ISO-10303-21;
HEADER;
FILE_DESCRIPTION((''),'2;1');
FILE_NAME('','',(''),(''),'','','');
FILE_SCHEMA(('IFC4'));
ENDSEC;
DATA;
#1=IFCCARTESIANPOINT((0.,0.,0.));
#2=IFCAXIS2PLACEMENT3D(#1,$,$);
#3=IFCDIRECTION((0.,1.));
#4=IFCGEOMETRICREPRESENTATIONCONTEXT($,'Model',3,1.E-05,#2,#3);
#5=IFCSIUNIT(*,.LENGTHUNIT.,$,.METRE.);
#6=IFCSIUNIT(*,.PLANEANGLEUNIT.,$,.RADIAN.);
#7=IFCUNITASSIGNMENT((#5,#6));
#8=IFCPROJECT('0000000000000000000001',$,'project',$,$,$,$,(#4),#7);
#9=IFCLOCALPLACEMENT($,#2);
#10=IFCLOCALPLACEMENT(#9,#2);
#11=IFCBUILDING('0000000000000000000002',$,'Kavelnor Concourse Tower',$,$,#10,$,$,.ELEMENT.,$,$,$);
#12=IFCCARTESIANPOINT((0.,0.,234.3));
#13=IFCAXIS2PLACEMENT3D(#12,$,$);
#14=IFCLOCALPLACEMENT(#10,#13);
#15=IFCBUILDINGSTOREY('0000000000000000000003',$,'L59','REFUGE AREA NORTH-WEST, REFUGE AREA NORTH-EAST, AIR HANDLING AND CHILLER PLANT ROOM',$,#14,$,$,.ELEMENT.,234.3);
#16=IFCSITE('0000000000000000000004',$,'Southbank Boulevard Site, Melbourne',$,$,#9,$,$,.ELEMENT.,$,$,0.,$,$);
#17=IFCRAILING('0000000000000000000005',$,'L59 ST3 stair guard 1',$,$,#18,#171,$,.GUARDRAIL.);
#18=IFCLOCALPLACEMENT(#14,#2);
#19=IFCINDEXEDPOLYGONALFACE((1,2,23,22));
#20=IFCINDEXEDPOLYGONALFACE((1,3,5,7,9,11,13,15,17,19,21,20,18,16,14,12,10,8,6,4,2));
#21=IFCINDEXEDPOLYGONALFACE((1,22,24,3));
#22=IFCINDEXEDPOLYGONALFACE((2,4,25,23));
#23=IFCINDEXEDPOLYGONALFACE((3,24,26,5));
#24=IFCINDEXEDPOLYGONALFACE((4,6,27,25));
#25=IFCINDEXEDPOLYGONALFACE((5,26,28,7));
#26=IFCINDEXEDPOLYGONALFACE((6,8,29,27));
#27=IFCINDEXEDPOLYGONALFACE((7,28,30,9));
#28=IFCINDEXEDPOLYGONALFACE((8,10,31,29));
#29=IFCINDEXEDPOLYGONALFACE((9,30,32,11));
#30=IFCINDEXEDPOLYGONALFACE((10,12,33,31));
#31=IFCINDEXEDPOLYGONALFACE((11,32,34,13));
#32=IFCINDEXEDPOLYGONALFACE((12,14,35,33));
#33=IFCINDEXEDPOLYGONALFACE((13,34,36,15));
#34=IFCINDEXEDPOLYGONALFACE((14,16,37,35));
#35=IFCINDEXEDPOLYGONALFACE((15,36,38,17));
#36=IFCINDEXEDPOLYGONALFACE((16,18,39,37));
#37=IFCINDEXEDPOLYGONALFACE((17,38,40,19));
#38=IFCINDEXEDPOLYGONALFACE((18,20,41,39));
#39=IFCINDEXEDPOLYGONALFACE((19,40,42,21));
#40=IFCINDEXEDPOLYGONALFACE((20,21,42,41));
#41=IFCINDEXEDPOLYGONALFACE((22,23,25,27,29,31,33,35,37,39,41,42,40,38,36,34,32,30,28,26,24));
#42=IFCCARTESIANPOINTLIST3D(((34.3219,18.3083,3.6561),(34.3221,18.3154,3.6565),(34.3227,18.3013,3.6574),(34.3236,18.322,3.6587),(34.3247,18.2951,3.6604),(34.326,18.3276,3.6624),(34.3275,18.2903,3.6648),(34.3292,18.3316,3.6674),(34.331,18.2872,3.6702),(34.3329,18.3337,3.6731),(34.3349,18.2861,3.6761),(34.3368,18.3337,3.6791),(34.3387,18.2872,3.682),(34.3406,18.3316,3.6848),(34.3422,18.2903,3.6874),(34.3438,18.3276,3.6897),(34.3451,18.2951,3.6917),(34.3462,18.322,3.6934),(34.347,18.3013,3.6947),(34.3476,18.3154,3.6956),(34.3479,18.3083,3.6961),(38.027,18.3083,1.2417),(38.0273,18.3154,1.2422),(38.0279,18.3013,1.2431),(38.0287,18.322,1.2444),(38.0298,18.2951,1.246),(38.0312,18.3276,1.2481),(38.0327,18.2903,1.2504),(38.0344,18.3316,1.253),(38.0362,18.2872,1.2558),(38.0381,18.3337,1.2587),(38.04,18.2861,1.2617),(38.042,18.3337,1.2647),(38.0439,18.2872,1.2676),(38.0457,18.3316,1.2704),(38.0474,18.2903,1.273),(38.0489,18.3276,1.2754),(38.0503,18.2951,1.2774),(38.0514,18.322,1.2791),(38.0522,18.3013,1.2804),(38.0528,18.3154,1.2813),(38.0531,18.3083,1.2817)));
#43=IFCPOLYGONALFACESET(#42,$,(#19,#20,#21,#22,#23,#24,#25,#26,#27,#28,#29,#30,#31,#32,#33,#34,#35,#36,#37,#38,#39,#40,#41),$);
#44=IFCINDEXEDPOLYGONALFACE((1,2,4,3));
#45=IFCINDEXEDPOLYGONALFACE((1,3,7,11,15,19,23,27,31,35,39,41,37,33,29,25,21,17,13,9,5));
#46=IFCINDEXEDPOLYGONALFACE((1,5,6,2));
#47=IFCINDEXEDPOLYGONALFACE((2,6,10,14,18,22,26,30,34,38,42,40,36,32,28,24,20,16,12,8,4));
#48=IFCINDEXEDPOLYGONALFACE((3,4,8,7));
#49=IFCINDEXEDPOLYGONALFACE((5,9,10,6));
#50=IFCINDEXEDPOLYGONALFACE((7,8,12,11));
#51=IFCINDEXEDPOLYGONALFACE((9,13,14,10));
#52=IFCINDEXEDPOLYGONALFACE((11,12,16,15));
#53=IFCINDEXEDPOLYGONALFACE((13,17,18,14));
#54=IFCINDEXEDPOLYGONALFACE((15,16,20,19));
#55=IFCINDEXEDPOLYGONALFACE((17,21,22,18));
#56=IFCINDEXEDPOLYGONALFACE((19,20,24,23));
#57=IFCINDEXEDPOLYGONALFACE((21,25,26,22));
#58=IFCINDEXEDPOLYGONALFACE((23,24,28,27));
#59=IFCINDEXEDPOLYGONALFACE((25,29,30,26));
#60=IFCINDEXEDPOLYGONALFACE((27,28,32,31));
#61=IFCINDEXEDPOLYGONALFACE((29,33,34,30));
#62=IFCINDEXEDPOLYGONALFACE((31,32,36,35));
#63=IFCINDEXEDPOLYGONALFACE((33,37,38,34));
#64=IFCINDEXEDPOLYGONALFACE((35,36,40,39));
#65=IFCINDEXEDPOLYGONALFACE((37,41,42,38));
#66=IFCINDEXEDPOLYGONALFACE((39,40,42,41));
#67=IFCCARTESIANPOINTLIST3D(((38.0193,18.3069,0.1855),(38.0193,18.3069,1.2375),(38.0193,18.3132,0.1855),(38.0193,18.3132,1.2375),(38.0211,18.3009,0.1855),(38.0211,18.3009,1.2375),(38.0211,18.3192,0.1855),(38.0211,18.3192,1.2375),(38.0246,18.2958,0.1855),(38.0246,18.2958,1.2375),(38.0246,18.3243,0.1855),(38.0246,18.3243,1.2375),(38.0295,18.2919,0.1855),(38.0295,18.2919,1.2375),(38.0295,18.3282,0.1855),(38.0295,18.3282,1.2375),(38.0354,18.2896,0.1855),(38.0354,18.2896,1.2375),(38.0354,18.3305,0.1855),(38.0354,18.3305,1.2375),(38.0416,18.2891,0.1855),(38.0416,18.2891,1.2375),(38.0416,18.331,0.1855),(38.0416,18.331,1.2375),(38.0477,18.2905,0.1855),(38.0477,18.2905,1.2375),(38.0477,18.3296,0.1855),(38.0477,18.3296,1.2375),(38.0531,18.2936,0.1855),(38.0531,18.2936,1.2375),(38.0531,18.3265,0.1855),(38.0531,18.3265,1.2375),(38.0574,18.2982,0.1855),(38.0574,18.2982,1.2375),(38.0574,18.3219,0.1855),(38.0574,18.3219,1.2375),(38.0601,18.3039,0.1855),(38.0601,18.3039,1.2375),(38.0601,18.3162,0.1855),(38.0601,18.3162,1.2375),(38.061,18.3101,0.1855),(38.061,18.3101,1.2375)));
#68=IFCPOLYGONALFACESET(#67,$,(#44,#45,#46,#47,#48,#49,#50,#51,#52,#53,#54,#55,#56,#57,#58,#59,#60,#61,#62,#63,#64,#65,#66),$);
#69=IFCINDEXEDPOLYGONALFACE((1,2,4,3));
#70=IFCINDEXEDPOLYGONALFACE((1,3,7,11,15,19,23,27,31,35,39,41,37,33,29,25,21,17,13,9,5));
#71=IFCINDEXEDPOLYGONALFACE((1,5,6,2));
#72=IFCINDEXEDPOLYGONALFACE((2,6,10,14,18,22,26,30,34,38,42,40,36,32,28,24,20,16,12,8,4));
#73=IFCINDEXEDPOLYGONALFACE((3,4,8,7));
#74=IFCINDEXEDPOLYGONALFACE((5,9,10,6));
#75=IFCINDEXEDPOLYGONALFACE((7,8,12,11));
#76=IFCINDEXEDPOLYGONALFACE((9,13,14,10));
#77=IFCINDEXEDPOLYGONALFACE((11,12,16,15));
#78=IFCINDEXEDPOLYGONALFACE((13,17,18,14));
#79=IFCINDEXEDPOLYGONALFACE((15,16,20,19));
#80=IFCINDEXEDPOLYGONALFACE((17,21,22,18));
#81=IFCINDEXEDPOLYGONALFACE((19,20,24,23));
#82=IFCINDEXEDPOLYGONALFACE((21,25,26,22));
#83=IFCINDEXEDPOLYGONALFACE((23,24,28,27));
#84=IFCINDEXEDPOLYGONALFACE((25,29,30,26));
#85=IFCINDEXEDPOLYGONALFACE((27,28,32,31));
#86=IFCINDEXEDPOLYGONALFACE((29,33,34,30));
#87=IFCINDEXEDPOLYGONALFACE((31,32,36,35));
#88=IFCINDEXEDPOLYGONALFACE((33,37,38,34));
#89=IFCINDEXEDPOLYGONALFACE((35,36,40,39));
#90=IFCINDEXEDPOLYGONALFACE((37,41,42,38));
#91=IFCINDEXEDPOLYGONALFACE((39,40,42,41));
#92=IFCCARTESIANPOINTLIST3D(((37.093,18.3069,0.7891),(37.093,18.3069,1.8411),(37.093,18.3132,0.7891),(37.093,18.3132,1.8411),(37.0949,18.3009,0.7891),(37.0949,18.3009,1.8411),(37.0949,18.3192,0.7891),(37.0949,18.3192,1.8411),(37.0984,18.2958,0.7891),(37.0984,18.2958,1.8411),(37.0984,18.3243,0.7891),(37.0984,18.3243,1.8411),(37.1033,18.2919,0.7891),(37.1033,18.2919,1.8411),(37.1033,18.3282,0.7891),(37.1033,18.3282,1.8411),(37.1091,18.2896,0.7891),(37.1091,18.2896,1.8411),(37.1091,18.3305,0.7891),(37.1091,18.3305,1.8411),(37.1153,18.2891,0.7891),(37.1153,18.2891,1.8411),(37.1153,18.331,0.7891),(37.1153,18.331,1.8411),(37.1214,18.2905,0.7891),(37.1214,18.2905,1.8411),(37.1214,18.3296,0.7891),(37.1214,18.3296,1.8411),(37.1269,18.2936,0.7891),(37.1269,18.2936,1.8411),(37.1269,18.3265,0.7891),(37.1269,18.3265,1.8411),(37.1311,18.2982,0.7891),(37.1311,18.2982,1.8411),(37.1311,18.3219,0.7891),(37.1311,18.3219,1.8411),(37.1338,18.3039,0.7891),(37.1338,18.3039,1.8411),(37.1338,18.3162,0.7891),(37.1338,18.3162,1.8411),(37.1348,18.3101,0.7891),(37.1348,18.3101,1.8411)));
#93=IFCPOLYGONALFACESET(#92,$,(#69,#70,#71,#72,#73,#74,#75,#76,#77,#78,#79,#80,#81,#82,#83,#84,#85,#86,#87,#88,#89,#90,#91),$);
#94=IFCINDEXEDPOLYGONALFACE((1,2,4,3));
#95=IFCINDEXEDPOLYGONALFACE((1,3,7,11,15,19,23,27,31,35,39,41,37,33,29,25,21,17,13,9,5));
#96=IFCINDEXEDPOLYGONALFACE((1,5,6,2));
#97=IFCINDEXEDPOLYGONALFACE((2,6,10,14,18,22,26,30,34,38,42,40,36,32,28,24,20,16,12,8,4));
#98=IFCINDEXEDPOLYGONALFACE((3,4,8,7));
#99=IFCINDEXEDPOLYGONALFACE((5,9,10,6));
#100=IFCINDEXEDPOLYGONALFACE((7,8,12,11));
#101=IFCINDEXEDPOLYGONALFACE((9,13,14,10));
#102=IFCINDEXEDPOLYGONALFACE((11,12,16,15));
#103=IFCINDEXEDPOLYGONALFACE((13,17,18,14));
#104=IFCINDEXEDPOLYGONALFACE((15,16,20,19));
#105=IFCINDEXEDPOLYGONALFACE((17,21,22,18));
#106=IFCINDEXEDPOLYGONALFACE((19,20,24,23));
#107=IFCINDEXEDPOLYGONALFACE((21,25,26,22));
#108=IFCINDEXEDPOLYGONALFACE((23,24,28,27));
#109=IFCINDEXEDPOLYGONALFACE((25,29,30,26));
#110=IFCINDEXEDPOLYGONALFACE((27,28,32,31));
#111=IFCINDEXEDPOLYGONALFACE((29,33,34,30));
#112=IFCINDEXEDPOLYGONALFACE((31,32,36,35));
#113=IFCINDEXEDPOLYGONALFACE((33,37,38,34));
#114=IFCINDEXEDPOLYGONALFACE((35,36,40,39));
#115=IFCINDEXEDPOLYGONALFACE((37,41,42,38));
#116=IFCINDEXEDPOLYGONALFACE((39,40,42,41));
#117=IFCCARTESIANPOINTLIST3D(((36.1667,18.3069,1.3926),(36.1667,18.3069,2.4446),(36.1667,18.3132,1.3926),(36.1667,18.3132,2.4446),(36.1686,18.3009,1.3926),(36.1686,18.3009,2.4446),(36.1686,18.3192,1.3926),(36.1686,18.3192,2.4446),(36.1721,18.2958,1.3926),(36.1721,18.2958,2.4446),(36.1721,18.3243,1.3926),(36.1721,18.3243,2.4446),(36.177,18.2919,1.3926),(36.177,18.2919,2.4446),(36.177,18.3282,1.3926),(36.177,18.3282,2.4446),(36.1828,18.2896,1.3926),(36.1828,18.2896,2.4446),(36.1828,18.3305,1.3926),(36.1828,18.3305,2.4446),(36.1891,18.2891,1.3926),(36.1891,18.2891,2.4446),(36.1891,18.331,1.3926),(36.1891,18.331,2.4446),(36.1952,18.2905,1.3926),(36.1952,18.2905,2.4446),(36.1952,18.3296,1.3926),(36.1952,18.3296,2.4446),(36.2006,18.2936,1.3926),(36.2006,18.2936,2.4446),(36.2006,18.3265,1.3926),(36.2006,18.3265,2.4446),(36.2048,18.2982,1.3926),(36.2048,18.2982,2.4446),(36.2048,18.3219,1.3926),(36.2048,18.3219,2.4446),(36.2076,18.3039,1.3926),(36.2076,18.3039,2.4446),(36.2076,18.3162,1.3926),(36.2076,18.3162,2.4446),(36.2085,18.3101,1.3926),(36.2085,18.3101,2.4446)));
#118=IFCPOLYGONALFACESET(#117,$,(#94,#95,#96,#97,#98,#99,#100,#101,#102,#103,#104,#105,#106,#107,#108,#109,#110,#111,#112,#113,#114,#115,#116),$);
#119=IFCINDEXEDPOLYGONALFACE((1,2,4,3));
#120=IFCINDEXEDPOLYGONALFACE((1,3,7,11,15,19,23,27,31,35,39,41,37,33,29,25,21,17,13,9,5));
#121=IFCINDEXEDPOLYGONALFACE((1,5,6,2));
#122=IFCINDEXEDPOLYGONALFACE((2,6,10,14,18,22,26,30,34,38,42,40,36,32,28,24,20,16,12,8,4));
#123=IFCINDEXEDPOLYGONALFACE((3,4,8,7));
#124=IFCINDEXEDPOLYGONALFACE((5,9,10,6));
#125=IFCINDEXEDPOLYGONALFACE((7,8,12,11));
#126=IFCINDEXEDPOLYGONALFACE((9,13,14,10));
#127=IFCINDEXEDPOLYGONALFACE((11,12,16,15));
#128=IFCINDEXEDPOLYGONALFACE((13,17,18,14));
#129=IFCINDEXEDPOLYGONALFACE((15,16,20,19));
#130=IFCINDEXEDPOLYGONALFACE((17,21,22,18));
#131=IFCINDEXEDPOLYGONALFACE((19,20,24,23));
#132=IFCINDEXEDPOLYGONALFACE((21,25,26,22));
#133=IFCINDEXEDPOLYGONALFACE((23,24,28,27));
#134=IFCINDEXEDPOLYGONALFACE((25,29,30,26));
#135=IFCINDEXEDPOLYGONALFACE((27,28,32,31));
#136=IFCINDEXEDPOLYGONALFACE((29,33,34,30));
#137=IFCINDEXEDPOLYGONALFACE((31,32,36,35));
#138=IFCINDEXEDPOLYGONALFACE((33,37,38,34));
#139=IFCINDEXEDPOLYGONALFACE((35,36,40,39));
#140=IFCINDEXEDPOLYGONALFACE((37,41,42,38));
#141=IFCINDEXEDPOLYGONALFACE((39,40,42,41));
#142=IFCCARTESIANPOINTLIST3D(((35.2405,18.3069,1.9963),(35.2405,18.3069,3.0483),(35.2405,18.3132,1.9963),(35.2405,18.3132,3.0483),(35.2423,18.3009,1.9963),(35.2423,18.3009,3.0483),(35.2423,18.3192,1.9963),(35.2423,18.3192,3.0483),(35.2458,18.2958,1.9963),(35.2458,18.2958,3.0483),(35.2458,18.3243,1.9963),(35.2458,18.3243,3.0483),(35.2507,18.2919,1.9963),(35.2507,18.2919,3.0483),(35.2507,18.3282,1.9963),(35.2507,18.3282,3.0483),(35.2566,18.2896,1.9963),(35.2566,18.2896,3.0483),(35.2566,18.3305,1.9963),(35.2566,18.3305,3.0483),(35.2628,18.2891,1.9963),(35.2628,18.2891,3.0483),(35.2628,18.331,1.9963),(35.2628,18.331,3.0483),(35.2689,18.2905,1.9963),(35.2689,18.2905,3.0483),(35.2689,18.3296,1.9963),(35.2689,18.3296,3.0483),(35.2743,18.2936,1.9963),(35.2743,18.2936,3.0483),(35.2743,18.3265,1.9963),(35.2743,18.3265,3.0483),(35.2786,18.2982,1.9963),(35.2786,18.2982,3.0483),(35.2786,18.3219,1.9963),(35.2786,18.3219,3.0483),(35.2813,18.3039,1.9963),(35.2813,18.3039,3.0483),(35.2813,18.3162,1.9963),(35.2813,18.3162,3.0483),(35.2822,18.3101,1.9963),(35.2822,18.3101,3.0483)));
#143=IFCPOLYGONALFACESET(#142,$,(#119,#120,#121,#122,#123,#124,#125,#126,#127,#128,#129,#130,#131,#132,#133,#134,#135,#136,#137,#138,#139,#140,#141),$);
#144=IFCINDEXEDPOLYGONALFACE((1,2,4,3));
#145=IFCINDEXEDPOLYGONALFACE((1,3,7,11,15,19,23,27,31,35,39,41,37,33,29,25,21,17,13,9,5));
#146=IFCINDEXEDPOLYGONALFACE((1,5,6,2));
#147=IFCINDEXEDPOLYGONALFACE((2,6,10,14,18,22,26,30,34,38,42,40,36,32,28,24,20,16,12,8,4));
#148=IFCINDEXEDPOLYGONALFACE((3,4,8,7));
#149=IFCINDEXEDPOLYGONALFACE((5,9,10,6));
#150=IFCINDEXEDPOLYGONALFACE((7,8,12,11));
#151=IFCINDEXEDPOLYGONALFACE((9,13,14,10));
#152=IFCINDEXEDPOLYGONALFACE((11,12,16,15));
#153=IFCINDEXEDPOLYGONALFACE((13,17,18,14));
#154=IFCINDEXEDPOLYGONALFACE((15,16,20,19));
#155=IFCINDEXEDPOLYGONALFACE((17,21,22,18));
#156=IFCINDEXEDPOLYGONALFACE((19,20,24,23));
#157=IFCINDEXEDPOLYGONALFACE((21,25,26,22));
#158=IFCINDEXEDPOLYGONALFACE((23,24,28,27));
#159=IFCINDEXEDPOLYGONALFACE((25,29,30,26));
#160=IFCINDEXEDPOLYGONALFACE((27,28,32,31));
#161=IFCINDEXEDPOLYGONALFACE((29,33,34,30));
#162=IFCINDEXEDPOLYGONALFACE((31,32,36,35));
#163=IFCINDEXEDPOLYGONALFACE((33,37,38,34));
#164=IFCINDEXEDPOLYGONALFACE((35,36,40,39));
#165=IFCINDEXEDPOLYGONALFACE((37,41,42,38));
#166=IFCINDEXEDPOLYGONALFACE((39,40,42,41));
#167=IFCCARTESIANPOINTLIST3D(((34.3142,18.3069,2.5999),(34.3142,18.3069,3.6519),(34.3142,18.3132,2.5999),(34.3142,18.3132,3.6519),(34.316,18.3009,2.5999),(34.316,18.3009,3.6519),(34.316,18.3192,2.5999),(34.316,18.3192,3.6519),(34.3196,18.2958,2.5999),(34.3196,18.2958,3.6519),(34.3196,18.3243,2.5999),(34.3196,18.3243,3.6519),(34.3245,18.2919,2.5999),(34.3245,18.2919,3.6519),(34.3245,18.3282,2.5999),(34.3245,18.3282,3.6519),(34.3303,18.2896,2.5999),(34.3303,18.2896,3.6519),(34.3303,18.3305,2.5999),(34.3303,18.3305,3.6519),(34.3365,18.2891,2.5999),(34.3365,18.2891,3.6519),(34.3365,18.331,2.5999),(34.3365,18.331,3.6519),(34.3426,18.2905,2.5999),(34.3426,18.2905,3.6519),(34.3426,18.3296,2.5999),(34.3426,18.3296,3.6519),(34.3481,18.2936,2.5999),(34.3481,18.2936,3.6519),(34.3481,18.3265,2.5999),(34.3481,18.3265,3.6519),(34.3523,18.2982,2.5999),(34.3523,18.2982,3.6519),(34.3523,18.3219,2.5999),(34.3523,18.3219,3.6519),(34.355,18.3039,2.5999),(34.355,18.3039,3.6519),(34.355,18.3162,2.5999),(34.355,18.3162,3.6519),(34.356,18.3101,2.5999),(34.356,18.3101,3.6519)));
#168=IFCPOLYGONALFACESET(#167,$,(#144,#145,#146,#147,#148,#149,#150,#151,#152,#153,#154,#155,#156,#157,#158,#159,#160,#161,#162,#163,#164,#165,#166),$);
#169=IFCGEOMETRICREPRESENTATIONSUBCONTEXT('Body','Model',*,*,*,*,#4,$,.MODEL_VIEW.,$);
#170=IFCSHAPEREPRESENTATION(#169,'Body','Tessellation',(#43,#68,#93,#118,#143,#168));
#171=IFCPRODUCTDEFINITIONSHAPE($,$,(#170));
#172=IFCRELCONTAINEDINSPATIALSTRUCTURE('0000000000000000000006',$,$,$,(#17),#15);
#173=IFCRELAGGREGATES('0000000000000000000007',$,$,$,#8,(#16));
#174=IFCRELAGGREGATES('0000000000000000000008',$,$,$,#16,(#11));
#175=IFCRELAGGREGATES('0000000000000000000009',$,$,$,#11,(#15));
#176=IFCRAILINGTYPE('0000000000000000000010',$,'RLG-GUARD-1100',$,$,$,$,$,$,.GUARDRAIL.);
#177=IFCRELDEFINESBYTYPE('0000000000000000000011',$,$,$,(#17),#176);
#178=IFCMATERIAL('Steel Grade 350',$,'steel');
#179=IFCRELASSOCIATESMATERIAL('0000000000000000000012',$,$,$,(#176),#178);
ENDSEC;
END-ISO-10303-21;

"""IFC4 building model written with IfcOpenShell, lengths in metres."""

from ifc_helpers import new_model, si_unit, direction, frame, origin, origin_2d, place, context, subcontext, project, spatial, circle, extrude, material, type_object, element, save


model = new_model("IFC4")

# Units and contexts
model_context = context("Model", 3, precision=1e-05, world=origin(), true_north=direction((0.0, 1.0)))
body_context = subcontext(model_context, "Body", "Model", "MODEL_VIEW")
ifc_project = project(units=[si_unit("LENGTHUNIT", "METRE"), si_unit("PLANEANGLEUNIT", "RADIAN")], contexts=[model_context])

# Site, building, storey
site_placement = place(None, origin())
site = spatial("IfcSite", under=ifc_project, at=site_placement, Name="Southbank Boulevard Site, Melbourne", CompositionType="ELEMENT", RefElevation=0.0)
building_placement = place(site_placement, origin())
building = spatial("IfcBuilding", under=site, at=building_placement, Name="Kavelnor Concourse Tower", CompositionType="ELEMENT")
storey_placement = place(building_placement, frame((0.0, 0.0, 234.3)))
storey = spatial("IfcBuildingStorey", under=building, at=storey_placement, Name="L59", Description="REFUGE AREA NORTH-WEST, REFUGE AREA NORTH-EAST, AIR HANDLING AND CHILLER PLANT ROOM", CompositionType="ELEMENT", Elevation=234.3)

# Shared definitions
ifc_material_1 = material(Name="Steel Grade 350", Category="steel")

# Railing
railing_type_1 = type_object("IfcRailingType", Name="RLG-GUARD-1100", PredefinedType="GUARDRAIL", material=ifc_material_1)
railing_1_placement = place(storey_placement, frame((38.04, 18.3101, 0.1855)))
element("IfcRailing", 1, at=railing_1_placement, inside=storey, type_object=railing_type_1, Name="L59 ST3 stair guard 1", PredefinedType="GUARDRAIL", context=body_context, shape_type="SweptSolid", body=[
    extrude(circle(Radius=0.0239, at=origin_2d()), frame((0.0, 0.0, 1.0762), z_axis=(-0.837823, 0.0, 0.545943), x_axis=(0.0, -1.0, 0.0)), (0.0, 0.0, 1.0), 4.4224),
    extrude(circle(Radius=0.021, at=origin_2d()), origin(), (0.0, 0.0, 1.0), 1.052),
    extrude(circle(Radius=0.021, at=origin_2d()), frame((-0.9263, 0.0, 0.6035)), (0.0, 0.0, 1.0), 1.052),
    extrude(circle(Radius=0.021, at=origin_2d()), frame((-1.8525, 0.0, 1.207)), (0.0, 0.0, 1.0), 1.052),
    extrude(circle(Radius=0.021, at=origin_2d()), frame((-2.7788, 0.0, 1.8108)), (0.0, 0.0, 1.0), 1.052),
    extrude(circle(Radius=0.021, at=origin_2d()), frame((-3.7051, 0.0, 2.4143)), (0.0, 0.0, 1.0), 1.052),
])

save(model, "model.ifc")
